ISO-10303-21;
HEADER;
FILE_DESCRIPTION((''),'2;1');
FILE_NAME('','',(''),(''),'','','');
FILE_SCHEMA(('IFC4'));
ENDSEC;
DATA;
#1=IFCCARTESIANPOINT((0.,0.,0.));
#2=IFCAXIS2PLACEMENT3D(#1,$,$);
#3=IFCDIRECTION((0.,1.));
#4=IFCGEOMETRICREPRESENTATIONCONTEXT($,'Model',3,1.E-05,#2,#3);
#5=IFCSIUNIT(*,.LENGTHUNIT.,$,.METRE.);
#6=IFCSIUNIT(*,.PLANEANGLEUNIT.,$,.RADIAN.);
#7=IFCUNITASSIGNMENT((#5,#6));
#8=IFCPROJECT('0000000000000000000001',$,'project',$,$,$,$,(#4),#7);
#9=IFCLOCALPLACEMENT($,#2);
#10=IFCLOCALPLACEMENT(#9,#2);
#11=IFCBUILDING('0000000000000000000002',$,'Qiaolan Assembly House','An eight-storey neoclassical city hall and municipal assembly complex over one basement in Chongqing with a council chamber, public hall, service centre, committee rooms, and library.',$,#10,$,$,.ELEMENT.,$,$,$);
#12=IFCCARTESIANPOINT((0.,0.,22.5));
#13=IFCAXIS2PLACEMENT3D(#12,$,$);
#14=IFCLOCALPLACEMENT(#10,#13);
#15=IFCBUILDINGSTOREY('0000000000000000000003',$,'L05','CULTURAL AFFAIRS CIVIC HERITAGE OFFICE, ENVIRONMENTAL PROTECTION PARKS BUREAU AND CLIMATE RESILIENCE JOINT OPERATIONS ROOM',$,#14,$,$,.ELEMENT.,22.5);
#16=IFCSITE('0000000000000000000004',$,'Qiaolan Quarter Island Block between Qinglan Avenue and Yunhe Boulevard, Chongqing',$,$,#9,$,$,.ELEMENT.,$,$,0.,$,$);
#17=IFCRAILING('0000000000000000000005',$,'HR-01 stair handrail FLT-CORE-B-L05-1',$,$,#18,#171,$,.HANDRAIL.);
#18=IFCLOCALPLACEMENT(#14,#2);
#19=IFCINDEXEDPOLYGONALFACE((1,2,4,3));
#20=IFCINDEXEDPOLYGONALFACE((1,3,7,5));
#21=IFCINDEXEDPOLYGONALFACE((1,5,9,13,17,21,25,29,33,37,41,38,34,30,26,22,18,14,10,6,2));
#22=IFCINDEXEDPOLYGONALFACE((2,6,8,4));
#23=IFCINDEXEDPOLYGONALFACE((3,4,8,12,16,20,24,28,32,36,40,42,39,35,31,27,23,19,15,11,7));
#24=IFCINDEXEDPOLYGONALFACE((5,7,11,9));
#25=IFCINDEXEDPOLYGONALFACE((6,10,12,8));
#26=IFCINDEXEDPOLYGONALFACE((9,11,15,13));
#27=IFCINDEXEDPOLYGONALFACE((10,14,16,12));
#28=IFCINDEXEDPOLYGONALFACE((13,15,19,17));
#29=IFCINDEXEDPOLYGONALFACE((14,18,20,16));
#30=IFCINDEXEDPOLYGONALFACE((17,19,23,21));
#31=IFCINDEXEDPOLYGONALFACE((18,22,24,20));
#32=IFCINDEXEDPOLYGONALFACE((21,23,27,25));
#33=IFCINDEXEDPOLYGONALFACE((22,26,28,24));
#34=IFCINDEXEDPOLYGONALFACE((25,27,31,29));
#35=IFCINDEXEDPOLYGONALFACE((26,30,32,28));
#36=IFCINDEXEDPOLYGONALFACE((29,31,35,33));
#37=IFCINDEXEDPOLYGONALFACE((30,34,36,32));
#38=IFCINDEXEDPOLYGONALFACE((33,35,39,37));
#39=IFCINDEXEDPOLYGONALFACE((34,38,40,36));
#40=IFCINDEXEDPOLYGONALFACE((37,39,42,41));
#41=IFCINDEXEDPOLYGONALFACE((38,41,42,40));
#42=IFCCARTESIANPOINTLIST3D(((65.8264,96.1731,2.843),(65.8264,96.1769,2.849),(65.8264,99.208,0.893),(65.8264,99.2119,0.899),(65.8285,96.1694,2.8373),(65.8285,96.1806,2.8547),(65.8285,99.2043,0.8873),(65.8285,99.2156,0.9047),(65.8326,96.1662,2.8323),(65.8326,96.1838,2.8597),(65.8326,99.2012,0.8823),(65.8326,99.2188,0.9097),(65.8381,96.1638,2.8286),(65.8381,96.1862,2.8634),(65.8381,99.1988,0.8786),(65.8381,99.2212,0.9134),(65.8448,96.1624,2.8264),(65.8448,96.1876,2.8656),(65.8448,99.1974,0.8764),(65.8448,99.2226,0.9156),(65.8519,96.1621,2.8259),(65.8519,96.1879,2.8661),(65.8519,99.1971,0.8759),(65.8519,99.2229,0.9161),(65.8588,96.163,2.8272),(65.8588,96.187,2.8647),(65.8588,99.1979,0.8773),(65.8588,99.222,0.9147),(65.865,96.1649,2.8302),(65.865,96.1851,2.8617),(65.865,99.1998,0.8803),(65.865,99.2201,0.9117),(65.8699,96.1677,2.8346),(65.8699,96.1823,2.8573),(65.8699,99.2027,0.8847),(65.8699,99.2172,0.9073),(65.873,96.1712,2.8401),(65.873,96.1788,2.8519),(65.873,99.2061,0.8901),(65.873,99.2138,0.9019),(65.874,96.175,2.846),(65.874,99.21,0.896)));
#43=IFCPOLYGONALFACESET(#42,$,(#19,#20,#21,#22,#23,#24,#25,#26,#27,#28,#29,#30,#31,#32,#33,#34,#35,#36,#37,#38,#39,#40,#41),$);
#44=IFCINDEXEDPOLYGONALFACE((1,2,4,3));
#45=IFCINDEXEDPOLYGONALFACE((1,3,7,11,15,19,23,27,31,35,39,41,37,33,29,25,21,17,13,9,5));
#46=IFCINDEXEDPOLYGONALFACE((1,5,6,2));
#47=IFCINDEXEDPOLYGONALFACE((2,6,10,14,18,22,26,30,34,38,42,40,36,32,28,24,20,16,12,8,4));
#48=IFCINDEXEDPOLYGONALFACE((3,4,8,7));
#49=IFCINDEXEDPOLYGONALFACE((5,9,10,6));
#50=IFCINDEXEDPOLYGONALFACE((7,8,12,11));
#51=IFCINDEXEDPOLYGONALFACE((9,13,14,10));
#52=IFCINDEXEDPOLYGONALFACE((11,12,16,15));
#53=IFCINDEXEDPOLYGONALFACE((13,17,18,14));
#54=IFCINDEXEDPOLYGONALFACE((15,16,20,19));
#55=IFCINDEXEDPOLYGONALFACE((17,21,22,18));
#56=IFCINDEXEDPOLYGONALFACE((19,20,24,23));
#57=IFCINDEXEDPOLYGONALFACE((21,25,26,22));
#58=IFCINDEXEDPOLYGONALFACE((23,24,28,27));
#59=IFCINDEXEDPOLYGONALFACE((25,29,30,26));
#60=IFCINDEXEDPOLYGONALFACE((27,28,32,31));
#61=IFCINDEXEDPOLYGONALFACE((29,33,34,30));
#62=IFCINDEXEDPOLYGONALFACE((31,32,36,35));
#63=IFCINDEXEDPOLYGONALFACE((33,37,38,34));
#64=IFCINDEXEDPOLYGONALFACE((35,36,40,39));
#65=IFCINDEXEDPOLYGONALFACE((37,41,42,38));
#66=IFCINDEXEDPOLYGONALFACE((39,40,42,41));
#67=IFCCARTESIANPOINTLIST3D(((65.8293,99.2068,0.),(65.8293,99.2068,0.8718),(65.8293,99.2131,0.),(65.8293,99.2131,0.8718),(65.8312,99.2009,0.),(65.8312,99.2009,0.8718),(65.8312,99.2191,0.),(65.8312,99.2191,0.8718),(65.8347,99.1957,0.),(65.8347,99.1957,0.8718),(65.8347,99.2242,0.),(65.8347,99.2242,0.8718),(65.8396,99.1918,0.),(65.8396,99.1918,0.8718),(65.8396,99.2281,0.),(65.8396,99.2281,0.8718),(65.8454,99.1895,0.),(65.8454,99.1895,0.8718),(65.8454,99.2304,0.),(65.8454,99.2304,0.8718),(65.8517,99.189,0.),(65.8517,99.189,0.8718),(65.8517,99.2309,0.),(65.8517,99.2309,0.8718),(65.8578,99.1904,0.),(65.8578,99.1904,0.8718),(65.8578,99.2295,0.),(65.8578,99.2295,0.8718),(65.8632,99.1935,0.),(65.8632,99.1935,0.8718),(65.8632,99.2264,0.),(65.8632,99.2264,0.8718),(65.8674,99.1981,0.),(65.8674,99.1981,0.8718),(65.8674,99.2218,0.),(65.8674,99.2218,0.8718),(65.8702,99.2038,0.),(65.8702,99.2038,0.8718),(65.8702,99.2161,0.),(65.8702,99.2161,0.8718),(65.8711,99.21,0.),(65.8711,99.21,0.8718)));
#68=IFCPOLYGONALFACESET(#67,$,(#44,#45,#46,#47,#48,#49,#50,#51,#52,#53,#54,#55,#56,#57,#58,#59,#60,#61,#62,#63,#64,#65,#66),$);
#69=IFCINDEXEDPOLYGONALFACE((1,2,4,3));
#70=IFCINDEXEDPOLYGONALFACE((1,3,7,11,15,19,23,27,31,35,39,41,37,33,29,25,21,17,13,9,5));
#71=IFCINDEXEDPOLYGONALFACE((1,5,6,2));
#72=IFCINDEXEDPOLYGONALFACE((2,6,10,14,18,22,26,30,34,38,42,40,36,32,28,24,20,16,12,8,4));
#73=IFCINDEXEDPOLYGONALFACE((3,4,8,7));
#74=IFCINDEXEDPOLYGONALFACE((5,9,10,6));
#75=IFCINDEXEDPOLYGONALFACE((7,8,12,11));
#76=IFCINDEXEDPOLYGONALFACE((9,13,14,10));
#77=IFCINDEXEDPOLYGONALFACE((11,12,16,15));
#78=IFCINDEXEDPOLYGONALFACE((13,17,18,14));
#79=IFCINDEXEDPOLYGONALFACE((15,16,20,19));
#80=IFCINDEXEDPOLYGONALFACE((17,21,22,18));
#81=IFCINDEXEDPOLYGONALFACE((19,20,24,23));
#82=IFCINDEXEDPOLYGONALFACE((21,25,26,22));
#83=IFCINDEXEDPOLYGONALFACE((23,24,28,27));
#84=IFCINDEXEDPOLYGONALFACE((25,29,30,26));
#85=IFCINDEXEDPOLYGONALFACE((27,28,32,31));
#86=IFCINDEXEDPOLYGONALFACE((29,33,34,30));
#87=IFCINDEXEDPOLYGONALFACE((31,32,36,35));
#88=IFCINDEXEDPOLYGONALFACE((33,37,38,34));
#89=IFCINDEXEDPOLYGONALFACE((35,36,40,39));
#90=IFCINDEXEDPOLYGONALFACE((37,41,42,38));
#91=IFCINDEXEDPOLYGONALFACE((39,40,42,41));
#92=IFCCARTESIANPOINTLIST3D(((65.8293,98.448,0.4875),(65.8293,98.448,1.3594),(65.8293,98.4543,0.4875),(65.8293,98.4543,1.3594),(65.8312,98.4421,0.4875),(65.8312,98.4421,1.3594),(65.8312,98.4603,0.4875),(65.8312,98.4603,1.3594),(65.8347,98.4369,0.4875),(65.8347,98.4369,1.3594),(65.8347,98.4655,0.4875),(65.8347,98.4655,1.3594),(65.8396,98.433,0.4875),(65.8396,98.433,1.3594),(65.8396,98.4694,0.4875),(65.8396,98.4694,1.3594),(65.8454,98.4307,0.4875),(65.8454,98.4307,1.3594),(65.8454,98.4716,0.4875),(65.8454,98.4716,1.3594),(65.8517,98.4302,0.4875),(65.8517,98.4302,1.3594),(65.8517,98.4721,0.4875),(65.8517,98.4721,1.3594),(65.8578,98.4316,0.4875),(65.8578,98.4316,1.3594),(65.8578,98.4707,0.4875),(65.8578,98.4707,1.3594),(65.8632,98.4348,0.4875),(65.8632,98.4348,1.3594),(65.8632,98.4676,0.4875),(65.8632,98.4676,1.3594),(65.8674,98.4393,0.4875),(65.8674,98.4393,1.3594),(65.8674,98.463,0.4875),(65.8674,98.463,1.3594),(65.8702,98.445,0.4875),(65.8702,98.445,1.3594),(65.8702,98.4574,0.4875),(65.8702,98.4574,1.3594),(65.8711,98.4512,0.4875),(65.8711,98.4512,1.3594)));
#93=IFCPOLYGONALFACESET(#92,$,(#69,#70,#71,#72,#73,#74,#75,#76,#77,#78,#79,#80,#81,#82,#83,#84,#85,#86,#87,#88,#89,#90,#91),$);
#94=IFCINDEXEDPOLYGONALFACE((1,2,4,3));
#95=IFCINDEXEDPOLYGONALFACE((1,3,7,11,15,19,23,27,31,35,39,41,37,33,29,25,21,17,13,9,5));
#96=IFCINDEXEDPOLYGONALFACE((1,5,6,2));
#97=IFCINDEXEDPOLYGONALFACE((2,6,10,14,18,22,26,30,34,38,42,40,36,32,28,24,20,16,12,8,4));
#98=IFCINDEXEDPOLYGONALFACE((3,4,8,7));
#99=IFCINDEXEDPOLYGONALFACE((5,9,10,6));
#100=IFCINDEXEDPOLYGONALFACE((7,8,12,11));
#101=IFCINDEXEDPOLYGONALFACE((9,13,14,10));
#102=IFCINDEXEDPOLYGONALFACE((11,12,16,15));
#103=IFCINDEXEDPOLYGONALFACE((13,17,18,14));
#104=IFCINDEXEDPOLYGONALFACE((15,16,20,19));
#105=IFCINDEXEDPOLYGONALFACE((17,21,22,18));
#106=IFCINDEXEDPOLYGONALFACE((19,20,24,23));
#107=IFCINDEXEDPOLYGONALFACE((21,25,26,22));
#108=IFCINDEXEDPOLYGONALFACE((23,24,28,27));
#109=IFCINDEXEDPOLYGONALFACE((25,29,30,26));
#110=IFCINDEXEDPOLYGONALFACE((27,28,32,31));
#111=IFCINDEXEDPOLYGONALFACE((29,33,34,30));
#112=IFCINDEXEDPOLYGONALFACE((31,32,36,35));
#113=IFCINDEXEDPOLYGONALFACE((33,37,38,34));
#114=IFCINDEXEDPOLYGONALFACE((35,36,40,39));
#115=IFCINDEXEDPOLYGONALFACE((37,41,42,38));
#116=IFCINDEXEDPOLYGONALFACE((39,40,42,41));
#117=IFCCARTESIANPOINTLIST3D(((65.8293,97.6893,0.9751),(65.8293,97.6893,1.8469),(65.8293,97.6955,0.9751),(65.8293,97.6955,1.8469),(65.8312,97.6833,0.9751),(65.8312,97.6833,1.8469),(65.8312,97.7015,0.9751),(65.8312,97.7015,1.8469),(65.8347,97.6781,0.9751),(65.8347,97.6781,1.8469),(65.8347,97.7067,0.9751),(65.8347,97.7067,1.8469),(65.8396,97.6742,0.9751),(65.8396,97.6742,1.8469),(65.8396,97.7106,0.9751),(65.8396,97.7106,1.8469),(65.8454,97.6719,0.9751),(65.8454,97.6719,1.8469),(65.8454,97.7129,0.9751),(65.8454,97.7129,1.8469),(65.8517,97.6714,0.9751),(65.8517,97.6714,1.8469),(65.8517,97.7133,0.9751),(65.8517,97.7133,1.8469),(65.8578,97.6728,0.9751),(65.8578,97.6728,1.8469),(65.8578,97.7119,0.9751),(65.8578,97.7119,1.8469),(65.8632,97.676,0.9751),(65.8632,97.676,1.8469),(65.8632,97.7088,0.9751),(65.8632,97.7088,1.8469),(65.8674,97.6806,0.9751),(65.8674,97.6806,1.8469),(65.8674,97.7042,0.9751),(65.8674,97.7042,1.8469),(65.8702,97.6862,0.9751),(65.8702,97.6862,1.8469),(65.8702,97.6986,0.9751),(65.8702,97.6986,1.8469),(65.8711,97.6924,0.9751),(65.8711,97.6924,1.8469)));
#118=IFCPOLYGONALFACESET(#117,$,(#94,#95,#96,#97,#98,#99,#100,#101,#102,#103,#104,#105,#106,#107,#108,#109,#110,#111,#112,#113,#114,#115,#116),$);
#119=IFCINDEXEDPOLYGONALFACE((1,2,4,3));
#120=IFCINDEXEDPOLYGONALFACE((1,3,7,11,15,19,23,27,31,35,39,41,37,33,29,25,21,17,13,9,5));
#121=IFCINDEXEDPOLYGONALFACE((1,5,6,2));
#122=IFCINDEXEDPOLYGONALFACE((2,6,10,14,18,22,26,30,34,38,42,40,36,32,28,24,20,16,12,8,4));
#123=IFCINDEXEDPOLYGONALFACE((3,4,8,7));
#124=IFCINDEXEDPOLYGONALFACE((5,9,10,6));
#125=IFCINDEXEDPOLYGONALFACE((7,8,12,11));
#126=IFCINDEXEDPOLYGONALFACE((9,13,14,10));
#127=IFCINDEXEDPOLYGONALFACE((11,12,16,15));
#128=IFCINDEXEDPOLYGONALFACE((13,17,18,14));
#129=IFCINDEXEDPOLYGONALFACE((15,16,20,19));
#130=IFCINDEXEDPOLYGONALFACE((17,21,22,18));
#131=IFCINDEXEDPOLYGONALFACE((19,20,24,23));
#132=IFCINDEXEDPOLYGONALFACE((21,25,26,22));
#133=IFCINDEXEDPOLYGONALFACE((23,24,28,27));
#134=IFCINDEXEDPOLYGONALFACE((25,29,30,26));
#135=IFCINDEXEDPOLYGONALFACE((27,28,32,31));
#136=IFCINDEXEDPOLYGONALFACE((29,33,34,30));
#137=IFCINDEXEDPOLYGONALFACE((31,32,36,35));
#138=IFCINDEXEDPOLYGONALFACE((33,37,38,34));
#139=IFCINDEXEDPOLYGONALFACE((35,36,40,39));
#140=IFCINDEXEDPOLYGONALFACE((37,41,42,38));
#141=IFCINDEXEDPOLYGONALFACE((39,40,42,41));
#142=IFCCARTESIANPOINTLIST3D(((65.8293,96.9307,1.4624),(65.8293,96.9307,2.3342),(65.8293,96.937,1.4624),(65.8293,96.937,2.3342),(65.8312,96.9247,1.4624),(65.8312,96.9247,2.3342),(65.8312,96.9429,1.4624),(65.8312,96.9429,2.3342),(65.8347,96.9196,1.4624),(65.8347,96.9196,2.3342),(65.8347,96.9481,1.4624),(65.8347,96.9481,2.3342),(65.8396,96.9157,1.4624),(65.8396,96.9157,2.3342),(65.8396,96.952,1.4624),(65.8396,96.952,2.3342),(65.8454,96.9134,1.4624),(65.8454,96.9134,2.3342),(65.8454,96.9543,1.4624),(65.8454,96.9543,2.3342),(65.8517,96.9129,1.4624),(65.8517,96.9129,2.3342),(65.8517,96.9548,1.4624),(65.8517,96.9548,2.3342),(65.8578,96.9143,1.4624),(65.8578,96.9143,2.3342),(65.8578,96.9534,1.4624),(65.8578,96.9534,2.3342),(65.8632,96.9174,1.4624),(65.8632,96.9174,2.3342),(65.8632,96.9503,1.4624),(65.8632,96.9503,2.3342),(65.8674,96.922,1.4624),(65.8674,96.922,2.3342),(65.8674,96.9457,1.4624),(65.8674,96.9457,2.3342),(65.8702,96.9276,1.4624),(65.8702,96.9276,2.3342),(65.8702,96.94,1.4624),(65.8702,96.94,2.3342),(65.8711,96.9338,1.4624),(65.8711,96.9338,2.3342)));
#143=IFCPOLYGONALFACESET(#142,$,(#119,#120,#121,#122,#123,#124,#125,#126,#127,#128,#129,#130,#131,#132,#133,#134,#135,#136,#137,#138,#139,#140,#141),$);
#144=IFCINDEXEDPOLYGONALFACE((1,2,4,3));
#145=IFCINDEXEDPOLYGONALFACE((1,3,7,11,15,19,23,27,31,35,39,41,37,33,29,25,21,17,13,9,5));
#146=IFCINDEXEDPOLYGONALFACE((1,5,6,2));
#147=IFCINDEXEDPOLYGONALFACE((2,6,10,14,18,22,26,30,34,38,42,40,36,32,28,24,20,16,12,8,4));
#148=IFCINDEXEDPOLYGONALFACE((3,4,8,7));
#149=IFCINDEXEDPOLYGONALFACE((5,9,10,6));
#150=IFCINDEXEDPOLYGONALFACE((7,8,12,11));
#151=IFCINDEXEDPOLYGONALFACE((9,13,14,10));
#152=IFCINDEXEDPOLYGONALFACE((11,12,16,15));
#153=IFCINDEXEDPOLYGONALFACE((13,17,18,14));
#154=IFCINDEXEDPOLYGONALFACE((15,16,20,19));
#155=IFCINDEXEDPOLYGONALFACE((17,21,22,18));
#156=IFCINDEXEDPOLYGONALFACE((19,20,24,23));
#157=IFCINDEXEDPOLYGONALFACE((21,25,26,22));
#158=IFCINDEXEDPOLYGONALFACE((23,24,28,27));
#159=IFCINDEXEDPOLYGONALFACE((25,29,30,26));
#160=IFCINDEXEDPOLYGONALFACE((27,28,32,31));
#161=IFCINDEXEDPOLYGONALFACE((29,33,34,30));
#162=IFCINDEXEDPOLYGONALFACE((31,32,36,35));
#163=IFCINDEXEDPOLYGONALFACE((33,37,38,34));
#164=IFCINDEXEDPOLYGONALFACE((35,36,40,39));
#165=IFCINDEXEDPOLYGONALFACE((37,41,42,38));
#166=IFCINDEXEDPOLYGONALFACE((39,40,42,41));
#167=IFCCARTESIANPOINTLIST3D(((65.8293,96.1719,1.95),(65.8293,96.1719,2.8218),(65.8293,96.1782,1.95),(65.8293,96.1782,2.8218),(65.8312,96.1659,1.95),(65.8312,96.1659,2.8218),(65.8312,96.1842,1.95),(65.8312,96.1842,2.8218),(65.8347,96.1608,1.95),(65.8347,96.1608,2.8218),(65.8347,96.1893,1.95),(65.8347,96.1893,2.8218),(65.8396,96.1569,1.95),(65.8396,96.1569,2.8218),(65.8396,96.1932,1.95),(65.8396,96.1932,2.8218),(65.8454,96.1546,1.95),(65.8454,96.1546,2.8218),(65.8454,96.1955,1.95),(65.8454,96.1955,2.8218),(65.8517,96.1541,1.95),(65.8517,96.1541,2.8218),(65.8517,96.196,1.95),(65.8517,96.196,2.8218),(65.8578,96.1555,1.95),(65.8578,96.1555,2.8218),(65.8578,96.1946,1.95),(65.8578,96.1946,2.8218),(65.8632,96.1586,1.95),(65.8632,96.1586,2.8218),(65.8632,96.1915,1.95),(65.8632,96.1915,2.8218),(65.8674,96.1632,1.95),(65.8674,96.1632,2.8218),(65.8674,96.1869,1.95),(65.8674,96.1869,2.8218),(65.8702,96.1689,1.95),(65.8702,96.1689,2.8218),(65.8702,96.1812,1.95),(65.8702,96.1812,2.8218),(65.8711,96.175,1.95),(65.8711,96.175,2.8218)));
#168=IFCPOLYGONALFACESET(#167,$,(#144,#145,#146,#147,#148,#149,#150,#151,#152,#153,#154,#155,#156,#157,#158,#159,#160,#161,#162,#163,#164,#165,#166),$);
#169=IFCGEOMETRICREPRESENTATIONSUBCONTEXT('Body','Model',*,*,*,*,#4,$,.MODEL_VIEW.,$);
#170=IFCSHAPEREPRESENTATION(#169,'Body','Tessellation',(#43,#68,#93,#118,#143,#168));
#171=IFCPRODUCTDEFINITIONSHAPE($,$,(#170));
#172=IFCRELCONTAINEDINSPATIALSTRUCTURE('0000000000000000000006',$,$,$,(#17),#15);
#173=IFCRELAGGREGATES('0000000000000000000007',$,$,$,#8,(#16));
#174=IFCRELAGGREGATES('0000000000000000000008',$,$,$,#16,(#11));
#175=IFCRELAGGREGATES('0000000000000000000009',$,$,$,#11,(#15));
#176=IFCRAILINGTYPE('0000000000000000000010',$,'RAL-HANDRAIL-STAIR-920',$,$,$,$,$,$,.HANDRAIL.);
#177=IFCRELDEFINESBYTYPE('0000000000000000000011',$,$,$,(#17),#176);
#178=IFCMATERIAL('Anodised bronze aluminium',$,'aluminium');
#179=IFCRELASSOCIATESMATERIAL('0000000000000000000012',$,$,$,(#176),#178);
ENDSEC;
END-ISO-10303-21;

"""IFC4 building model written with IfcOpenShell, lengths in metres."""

from ifc_helpers import new_model, si_unit, direction, frame, origin, origin_2d, place, context, subcontext, project, spatial, circle, extrude, material, type_object, element, save


model = new_model("IFC4")

# Units and contexts
model_context = context("Model", 3, precision=1e-05, world=origin(), true_north=direction((0.0, 1.0)))
body_context = subcontext(model_context, "Body", "Model", "MODEL_VIEW")
ifc_project = project(units=[si_unit("LENGTHUNIT", "METRE"), si_unit("PLANEANGLEUNIT", "RADIAN")], contexts=[model_context])

# Site, building, storey
site_placement = place(None, origin())
site = spatial("IfcSite", under=ifc_project, at=site_placement, Name="Qiaolan Quarter Island Block between Qinglan Avenue and Yunhe Boulevard, Chongqing", CompositionType="ELEMENT", RefElevation=0.0)
building_placement = place(site_placement, origin())
building = spatial("IfcBuilding", under=site, at=building_placement, Name="Qiaolan Assembly House", Description="An eight-storey neoclassical city hall and municipal assembly complex over one basement in Chongqing with a council chamber, public hall, service centre, committee rooms, and library.", CompositionType="ELEMENT")
storey_placement = place(building_placement, frame((0.0, 0.0, 22.5)))
storey = spatial("IfcBuildingStorey", under=building, at=storey_placement, Name="L05", Description="CULTURAL AFFAIRS CIVIC HERITAGE OFFICE, ENVIRONMENTAL PROTECTION PARKS BUREAU AND CLIMATE RESILIENCE JOINT OPERATIONS ROOM", CompositionType="ELEMENT", Elevation=22.5)

# Railing
ifc_material_1 = material(Name="Anodised bronze aluminium", Category="aluminium")
railing_type_1 = type_object("IfcRailingType", Name="RAL-HANDRAIL-STAIR-920", PredefinedType="HANDRAIL", material=ifc_material_1)
railing_1_placement = place(storey_placement, frame((65.8501, 99.21, 0.0)))
element("IfcRailing", 1, at=railing_1_placement, inside=storey, type_object=railing_type_1, Name="HR-01 stair handrail FLT-CORE-B-L05-1", PredefinedType="HANDRAIL", context=body_context, shape_type="SweptSolid", body=[
    extrude(circle(Radius=0.0239, at=origin_2d()), frame((0.0, 0.0, 0.896), z_axis=(0.0, -0.841313, 0.540549), x_axis=(1.0, 0.0, 0.0)), (0.0, 0.0, 1.0), 3.6074),
    extrude(circle(Radius=0.021, at=origin_2d()), origin(), (0.0, 0.0, 1.0), 0.8718),
    extrude(circle(Radius=0.021, at=origin_2d()), frame((0.0, -0.7588, 0.4875)), (0.0, 0.0, 1.0), 0.8718),
    extrude(circle(Radius=0.021, at=origin_2d()), frame((0.0, -1.5176, 0.9751)), (0.0, 0.0, 1.0), 0.8718),
    extrude(circle(Radius=0.021, at=origin_2d()), frame((0.0, -2.2761, 1.4624)), (0.0, 0.0, 1.0), 0.8718),
    extrude(circle(Radius=0.021, at=origin_2d()), frame((0.0, -3.0349, 1.95)), (0.0, 0.0, 1.0), 0.8718),
])

save(model, "model.ifc")
